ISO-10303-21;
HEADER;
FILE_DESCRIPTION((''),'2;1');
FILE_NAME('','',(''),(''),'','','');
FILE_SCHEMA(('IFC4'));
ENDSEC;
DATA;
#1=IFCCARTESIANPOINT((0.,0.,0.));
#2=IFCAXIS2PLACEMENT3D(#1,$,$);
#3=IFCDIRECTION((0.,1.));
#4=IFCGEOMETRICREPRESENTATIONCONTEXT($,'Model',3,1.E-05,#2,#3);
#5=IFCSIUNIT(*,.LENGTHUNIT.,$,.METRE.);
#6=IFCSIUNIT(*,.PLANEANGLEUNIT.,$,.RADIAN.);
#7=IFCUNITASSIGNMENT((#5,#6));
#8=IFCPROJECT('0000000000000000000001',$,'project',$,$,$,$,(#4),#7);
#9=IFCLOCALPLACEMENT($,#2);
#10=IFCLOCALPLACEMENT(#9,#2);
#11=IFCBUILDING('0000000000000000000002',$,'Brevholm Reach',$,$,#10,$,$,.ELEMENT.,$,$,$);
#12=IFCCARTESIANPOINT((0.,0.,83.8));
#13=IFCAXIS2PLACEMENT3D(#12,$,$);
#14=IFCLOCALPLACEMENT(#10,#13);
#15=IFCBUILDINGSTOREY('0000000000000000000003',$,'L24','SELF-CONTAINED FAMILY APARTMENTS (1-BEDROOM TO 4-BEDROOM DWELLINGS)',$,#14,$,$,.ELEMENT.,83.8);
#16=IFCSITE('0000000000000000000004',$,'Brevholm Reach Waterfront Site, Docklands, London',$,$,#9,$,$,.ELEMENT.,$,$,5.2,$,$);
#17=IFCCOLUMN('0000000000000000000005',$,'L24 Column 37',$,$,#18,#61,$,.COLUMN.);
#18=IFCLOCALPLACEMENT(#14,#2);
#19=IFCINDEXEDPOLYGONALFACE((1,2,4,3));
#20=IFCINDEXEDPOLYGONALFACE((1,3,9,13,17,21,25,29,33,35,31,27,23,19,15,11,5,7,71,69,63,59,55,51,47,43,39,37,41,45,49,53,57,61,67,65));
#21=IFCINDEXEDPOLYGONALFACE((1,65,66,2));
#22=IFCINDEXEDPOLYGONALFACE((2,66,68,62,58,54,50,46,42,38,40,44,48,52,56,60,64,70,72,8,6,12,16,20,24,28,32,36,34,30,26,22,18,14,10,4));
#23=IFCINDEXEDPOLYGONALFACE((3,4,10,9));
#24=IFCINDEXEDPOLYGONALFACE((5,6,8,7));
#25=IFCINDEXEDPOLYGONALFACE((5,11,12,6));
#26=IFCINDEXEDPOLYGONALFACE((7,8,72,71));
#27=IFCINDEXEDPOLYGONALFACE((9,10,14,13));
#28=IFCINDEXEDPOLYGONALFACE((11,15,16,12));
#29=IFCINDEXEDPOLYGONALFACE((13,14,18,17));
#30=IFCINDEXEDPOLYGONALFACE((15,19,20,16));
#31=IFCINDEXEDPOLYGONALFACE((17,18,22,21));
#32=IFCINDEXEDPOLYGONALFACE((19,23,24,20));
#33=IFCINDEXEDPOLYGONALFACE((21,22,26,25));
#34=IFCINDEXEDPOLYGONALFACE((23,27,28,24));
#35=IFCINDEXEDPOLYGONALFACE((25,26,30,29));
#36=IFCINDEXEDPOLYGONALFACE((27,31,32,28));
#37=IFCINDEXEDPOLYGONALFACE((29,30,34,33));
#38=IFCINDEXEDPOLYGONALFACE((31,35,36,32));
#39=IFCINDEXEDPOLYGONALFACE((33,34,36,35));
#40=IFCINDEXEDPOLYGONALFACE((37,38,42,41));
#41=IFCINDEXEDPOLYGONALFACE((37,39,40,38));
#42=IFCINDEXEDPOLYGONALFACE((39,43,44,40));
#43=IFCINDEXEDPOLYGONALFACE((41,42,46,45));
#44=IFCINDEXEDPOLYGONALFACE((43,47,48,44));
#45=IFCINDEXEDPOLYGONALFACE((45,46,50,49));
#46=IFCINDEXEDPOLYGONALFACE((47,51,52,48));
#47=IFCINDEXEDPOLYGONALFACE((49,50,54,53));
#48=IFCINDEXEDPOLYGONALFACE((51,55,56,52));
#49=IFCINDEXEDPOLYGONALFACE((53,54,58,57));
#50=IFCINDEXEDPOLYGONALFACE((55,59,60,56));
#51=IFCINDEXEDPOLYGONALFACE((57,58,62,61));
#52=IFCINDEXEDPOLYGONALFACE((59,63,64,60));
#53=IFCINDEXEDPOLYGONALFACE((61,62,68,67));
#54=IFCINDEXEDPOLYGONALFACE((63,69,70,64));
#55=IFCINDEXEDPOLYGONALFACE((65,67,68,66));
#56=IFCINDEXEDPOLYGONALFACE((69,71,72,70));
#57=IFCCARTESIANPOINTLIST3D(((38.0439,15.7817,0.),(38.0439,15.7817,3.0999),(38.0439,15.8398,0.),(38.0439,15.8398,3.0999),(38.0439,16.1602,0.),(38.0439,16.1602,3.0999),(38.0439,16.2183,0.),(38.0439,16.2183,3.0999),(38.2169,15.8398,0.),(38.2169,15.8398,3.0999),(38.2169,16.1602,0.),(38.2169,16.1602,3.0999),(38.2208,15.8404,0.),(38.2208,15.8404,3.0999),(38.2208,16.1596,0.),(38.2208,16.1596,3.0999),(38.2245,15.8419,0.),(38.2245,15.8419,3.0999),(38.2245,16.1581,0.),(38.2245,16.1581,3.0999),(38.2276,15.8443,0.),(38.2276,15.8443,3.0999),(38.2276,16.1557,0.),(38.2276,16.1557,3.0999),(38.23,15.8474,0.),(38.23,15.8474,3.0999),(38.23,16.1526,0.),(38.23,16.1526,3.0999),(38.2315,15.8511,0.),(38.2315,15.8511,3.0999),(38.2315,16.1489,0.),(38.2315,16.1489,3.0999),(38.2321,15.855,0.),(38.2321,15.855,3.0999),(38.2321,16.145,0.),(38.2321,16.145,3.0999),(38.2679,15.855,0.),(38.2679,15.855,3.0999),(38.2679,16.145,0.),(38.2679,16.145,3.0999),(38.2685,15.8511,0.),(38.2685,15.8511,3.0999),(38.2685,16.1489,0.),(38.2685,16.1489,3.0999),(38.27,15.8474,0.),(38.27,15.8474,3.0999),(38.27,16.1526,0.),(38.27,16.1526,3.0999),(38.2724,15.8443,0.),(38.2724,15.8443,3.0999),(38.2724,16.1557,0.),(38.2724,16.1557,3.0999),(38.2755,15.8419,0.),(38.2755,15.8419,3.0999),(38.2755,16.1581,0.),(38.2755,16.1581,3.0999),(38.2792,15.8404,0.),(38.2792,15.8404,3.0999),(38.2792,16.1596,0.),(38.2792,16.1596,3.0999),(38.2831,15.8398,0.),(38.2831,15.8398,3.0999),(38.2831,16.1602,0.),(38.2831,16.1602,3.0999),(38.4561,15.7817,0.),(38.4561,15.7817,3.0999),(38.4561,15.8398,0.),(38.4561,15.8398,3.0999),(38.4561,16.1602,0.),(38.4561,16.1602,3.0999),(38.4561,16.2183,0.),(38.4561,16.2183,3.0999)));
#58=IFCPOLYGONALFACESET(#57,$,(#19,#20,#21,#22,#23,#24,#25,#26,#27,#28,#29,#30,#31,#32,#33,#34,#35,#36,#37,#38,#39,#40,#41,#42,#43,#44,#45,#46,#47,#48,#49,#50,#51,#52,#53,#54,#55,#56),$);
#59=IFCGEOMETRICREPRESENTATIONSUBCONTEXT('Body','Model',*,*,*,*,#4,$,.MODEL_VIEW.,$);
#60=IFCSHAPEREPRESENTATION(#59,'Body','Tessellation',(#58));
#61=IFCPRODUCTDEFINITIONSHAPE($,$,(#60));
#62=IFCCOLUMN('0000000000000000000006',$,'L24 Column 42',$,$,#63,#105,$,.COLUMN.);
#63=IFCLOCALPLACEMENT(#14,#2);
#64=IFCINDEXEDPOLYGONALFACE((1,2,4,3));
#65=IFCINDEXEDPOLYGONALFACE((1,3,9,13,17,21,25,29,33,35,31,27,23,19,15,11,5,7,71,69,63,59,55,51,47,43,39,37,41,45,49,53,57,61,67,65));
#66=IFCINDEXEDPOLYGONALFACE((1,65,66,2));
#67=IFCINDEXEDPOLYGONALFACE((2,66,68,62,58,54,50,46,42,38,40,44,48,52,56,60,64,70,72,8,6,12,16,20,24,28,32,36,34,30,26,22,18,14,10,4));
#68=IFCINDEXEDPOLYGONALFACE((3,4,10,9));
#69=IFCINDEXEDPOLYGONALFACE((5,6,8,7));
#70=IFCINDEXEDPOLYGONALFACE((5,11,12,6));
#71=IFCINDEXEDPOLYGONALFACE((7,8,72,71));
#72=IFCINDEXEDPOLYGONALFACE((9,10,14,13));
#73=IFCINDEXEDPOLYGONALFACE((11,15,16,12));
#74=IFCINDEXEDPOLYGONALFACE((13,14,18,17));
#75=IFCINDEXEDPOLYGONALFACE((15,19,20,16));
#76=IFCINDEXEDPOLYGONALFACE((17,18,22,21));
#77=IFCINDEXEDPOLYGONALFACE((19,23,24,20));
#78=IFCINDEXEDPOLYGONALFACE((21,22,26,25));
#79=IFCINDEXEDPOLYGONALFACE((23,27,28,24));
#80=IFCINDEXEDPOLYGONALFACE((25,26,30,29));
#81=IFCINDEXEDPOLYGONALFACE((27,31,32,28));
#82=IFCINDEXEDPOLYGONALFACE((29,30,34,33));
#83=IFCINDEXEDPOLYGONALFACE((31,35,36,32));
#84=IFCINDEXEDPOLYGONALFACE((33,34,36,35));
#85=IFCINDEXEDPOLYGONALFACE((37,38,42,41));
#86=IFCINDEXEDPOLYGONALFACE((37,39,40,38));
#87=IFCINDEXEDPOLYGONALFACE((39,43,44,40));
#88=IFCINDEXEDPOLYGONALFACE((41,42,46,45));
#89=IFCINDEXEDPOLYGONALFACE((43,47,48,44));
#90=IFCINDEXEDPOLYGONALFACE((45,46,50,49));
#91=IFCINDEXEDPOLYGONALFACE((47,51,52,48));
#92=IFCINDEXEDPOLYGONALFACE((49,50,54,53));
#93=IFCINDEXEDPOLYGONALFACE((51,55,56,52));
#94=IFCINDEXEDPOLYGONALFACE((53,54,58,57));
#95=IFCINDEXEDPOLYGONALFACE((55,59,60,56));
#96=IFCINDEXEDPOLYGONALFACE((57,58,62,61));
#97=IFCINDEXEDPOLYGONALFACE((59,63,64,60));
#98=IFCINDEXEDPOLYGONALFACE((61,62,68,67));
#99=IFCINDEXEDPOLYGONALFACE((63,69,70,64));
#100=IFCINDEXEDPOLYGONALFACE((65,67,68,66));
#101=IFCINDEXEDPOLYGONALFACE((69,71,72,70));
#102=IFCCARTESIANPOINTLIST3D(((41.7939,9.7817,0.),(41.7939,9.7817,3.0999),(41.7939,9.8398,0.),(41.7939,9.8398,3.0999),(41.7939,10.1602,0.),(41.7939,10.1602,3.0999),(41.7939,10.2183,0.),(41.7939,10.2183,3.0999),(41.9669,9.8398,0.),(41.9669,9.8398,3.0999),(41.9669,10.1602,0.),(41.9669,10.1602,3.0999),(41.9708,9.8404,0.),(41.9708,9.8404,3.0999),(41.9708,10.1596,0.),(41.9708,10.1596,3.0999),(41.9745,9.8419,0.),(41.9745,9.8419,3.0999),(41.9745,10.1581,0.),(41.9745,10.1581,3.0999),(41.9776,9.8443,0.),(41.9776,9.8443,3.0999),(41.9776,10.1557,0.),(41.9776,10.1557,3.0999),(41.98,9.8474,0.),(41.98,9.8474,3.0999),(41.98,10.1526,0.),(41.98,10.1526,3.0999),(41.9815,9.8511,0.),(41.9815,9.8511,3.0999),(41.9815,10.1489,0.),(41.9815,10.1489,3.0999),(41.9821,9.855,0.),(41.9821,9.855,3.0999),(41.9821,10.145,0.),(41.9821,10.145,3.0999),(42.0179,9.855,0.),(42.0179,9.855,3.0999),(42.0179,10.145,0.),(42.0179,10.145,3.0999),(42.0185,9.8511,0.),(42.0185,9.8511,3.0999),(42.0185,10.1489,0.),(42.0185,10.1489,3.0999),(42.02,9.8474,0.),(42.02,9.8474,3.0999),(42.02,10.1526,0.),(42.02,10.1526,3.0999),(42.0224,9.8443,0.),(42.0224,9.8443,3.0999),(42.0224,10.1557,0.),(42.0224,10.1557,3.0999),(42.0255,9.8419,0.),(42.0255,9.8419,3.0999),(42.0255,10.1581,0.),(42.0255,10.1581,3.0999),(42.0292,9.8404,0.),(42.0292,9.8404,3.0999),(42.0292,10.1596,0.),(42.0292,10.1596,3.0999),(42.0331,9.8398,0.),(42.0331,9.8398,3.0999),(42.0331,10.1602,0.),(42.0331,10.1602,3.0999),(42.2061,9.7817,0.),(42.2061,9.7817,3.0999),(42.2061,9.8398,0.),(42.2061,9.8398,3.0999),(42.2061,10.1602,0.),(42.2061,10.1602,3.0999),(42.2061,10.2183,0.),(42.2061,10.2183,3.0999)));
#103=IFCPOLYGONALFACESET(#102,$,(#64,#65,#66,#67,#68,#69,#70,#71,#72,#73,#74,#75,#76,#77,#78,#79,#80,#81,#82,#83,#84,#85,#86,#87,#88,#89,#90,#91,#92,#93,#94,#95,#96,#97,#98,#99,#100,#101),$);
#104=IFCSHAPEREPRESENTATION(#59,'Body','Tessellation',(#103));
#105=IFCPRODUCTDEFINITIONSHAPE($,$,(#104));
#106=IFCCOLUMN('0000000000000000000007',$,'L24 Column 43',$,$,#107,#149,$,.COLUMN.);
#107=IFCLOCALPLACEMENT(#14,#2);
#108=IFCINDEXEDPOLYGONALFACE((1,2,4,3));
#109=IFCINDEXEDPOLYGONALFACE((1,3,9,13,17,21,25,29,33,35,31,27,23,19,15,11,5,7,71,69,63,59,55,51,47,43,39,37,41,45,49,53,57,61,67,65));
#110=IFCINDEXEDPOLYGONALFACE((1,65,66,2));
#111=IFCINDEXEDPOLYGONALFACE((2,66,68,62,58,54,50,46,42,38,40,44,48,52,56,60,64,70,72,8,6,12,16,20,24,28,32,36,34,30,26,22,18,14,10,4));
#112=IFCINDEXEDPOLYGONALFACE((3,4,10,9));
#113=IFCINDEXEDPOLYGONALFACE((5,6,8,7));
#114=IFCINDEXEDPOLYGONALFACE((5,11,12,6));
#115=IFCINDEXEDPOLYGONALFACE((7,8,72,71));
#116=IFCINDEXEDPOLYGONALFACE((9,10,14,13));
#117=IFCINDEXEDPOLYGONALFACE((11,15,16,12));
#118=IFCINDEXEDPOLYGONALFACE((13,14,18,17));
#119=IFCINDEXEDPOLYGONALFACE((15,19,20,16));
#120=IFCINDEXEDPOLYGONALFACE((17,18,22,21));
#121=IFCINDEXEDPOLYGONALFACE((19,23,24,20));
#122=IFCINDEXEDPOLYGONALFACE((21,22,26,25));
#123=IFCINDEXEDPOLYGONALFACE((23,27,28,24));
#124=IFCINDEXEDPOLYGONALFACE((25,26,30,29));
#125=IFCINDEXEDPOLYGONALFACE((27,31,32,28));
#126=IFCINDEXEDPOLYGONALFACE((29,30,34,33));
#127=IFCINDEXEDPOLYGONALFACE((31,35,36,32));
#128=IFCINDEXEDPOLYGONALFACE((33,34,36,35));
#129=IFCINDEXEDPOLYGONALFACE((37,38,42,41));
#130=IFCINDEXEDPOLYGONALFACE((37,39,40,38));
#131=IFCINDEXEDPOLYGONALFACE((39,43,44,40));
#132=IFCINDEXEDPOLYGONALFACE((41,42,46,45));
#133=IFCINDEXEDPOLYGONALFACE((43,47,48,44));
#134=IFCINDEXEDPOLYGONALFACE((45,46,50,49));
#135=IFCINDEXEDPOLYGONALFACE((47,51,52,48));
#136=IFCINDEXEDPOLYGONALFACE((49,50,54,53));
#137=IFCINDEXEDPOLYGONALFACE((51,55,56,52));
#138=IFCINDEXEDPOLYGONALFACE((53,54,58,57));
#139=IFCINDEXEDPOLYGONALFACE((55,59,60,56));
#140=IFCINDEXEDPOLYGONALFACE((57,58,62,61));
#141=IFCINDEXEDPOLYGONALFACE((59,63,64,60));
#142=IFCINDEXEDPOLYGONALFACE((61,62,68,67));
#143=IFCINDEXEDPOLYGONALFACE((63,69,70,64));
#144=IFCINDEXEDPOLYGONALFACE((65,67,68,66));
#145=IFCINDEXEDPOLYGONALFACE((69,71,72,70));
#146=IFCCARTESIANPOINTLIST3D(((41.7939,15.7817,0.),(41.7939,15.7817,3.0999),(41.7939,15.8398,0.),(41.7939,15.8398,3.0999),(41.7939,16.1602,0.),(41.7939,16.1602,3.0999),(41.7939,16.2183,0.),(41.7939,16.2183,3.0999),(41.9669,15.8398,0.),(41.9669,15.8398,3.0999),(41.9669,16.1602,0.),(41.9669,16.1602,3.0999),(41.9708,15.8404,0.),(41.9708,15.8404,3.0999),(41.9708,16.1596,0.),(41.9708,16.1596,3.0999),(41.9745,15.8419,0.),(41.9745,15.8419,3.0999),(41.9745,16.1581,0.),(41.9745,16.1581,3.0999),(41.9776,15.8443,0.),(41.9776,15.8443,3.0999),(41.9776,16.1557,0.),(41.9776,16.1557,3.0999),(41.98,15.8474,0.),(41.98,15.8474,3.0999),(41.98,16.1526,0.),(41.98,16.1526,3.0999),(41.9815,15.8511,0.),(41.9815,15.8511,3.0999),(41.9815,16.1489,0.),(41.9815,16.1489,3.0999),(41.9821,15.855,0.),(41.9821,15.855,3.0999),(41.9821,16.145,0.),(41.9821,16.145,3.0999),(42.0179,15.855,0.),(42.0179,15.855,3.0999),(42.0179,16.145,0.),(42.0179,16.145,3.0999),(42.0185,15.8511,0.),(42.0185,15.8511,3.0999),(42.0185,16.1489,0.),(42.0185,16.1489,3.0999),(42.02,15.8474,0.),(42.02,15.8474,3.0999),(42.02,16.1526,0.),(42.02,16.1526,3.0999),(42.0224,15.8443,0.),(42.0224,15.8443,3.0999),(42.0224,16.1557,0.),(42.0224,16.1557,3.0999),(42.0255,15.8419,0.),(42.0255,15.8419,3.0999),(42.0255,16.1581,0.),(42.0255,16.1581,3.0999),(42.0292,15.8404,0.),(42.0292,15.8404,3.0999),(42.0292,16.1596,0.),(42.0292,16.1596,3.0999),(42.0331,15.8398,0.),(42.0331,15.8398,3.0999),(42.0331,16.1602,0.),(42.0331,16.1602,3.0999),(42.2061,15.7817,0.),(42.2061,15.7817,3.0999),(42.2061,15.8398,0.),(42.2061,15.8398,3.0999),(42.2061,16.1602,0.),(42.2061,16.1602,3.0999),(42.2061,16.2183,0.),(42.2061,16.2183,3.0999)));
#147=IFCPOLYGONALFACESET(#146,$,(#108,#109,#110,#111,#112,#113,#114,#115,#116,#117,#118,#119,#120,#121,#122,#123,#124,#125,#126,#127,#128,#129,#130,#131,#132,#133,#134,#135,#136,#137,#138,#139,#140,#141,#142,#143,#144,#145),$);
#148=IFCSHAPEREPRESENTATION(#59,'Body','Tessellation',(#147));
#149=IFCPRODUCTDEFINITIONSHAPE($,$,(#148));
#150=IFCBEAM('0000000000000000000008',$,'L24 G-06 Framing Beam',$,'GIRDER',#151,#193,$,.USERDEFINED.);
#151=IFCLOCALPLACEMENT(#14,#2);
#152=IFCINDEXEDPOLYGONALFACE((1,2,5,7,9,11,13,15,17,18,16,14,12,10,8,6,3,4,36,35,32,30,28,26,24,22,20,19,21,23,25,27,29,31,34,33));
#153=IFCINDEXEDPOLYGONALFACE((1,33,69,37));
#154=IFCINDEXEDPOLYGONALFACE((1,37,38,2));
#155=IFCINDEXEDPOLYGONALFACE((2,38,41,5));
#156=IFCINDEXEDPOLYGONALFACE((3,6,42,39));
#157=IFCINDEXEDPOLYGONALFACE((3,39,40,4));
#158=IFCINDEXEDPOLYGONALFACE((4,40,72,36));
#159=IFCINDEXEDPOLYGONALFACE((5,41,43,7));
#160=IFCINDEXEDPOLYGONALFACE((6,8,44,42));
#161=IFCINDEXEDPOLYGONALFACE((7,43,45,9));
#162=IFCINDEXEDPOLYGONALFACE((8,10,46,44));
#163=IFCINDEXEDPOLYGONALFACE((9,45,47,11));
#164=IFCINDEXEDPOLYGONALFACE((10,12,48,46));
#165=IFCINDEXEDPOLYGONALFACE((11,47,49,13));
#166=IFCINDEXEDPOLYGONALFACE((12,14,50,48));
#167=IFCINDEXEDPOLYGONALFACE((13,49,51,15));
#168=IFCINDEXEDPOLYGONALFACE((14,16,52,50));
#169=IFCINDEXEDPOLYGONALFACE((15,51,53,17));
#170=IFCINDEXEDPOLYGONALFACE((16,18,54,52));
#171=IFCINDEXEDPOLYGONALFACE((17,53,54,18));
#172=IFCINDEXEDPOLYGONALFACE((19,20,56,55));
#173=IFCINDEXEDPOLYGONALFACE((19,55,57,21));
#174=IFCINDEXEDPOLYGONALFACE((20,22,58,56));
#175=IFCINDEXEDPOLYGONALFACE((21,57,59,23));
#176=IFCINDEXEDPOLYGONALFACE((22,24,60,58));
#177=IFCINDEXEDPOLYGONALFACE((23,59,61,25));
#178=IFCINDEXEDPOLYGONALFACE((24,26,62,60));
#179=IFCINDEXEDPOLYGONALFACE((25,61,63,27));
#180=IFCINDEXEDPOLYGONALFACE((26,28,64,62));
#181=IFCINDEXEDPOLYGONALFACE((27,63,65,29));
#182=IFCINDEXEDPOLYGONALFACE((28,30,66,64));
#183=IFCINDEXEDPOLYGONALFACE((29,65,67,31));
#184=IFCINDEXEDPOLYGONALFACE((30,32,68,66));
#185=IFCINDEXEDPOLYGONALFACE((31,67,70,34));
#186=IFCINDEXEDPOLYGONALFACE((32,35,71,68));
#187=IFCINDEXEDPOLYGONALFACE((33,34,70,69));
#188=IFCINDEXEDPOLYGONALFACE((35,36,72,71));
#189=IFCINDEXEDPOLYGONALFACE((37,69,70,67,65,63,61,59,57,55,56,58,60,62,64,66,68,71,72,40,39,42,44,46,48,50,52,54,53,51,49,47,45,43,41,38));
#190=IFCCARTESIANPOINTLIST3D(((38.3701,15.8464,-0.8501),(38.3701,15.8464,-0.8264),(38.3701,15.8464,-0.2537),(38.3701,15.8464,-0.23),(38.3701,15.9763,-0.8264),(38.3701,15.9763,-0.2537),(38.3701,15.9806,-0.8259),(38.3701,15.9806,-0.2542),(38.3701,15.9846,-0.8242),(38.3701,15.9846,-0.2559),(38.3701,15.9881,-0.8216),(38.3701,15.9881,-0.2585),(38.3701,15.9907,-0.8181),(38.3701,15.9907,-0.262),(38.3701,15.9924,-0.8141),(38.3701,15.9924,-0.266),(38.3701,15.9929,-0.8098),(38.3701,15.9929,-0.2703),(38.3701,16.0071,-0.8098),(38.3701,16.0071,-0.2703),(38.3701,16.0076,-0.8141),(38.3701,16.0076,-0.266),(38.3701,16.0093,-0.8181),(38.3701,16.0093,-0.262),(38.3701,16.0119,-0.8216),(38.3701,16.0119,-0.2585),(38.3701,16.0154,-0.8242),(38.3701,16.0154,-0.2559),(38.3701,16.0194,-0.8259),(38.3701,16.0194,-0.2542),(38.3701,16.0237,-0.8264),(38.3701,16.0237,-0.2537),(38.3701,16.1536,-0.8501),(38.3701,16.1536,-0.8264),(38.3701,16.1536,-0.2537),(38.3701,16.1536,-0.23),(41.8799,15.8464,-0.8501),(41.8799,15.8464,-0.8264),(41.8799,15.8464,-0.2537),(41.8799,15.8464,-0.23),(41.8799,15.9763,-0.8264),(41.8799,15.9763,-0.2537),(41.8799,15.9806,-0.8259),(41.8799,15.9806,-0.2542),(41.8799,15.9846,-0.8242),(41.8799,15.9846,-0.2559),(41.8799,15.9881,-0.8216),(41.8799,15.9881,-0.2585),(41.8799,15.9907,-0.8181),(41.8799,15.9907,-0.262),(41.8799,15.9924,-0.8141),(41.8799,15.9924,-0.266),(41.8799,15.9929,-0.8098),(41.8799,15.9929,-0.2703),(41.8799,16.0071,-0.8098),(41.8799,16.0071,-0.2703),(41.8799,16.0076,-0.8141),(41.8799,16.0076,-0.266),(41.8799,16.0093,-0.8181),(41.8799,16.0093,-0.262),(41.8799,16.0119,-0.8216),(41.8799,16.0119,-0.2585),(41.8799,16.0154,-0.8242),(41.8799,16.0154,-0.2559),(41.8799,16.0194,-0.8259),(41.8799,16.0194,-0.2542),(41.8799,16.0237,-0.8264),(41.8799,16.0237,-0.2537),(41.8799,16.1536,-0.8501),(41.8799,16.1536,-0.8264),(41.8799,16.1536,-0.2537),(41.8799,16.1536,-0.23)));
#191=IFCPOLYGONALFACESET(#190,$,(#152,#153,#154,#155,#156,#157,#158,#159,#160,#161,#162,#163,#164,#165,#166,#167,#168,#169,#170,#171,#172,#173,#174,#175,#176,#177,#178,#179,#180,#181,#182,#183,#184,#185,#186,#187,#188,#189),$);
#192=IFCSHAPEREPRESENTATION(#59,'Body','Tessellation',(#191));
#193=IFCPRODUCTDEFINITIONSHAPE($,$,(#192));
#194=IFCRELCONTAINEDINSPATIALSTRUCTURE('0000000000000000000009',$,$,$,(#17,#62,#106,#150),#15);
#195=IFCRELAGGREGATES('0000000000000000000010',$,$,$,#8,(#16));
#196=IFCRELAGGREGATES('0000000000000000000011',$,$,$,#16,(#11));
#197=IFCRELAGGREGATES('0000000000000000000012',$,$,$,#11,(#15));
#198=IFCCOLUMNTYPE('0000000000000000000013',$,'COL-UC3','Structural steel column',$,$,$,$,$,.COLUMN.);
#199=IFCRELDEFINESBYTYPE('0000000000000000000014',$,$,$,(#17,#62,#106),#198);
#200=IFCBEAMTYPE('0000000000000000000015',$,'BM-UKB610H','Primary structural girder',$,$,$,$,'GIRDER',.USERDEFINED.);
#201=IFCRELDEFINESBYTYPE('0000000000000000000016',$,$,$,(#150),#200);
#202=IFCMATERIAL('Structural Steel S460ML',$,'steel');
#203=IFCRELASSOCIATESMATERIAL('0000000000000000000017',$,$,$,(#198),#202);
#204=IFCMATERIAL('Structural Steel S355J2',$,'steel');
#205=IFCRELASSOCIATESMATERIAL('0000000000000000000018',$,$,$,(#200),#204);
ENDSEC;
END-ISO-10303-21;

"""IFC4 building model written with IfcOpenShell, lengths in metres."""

from ifc_helpers import new_model, si_unit, direction, frame, origin, origin_2d, place, context, subcontext, project, spatial, i_section, extrude, material, material_profile, profile_set, type_object, element, save


model = new_model("IFC4")

# Units and contexts
model_context = context("Model", 3, precision=1e-05, world=origin(), true_north=direction((0.0, 1.0)))
body_context = subcontext(model_context, "Body", "Model", "MODEL_VIEW")
ifc_project = project(units=[si_unit("LENGTHUNIT", "METRE"), si_unit("PLANEANGLEUNIT", "RADIAN")], contexts=[model_context])

# Site, building, storey
site_placement = place(None, origin())
site = spatial("IfcSite", under=ifc_project, at=site_placement, Name="Brevholm Reach Waterfront Site, Docklands, London", CompositionType="ELEMENT", RefElevation=5.2)
building_placement = place(site_placement, origin())
building = spatial("IfcBuilding", under=site, at=building_placement, Name="Brevholm Reach", CompositionType="ELEMENT")
storey_placement = place(building_placement, frame((0.0, 0.0, 83.8)))
storey = spatial("IfcBuildingStorey", under=building, at=storey_placement, Name="L24", Description="SELF-CONTAINED FAMILY APARTMENTS (1-BEDROOM TO 4-BEDROOM DWELLINGS)", CompositionType="ELEMENT", Elevation=83.8)

# Columns
ifc_material_1 = material(Name="Structural Steel S460ML", Category="steel")
ifc_material_profile_1 = material_profile(ifc_material_1, i_section(OverallWidth=0.4121, OverallDepth=0.4365, WebThickness=0.0359, FlangeThickness=0.0581, FilletRadius=0.0151, at=origin_2d()), Name="UKC 356x406x467")
ifc_profile_set_1 = profile_set([ifc_material_profile_1], Name="Structural Steel S460ML")
column_type = type_object("IfcColumnType", Name="COL-UC3", Description="Structural steel column", PredefinedType="COLUMN", material=ifc_profile_set_1)
for number, where, z_axis, x_axis, name in (
    (1, (38.25, 16.0, 0.0), (0.0, 0.0, 1.0), (1.0, 0.0, 0.0), "L24 Column 37"),
    (2, (42.0, 10.0, 0.0), (0.0, 0.0, 1.0), (1.0, 0.0, 0.0), "L24 Column 42"),
    (3, (42.0, 16.0, 0.0), (0.0, 0.0, 1.0), (1.0, 0.0, 0.0), "L24 Column 43"),
):
    element("IfcColumn", number, at=place(storey_placement, frame(where, z_axis=z_axis, x_axis=x_axis)), inside=storey, type_object=column_type, Name=name, PredefinedType="COLUMN", context=body_context, shape_type="SweptSolid", body=[
        extrude(i_section(OverallWidth=0.4121, OverallDepth=0.4365, WebThickness=0.0359, FlangeThickness=0.0581, FilletRadius=0.0151, at=origin_2d()), origin(), (0.0, 0.0, 1.0), 3.0999),
    ])

# Beam
ifc_material_2 = material(Name="Structural Steel S355J2", Category="steel")
ifc_material_profile_2 = material_profile(ifc_material_2, i_section(OverallWidth=0.3071, OverallDepth=0.6201, WebThickness=0.0142, FlangeThickness=0.0237, FilletRadius=0.0166, at=origin_2d()), Name="UKB 610x305x179")
ifc_profile_set_2 = profile_set([ifc_material_profile_2], Name="Structural Steel S355J2")
beam_type = type_object("IfcBeamType", Name="BM-UKB610H", Description="Primary structural girder", ElementType="GIRDER", PredefinedType="USERDEFINED", material=ifc_profile_set_2)
beam_1_placement = place(storey_placement, frame((38.3701, 16.0, -0.54), z_axis=(1.0, 0.0, 0.0), x_axis=(0.0, 1.0, 0.0)))
element("IfcBeam", 4, at=beam_1_placement, inside=storey, type_object=beam_type, Name="L24 G-06 Framing Beam", ObjectType="GIRDER", PredefinedType="USERDEFINED", context=body_context, shape_type="SweptSolid", body=[
    extrude(i_section(OverallWidth=0.3071, OverallDepth=0.6201, WebThickness=0.0142, FlangeThickness=0.0237, FilletRadius=0.0166, at=origin_2d()), origin(), (0.0, 0.0, 1.0), 3.5098),
])

save(model, "model.ifc")
